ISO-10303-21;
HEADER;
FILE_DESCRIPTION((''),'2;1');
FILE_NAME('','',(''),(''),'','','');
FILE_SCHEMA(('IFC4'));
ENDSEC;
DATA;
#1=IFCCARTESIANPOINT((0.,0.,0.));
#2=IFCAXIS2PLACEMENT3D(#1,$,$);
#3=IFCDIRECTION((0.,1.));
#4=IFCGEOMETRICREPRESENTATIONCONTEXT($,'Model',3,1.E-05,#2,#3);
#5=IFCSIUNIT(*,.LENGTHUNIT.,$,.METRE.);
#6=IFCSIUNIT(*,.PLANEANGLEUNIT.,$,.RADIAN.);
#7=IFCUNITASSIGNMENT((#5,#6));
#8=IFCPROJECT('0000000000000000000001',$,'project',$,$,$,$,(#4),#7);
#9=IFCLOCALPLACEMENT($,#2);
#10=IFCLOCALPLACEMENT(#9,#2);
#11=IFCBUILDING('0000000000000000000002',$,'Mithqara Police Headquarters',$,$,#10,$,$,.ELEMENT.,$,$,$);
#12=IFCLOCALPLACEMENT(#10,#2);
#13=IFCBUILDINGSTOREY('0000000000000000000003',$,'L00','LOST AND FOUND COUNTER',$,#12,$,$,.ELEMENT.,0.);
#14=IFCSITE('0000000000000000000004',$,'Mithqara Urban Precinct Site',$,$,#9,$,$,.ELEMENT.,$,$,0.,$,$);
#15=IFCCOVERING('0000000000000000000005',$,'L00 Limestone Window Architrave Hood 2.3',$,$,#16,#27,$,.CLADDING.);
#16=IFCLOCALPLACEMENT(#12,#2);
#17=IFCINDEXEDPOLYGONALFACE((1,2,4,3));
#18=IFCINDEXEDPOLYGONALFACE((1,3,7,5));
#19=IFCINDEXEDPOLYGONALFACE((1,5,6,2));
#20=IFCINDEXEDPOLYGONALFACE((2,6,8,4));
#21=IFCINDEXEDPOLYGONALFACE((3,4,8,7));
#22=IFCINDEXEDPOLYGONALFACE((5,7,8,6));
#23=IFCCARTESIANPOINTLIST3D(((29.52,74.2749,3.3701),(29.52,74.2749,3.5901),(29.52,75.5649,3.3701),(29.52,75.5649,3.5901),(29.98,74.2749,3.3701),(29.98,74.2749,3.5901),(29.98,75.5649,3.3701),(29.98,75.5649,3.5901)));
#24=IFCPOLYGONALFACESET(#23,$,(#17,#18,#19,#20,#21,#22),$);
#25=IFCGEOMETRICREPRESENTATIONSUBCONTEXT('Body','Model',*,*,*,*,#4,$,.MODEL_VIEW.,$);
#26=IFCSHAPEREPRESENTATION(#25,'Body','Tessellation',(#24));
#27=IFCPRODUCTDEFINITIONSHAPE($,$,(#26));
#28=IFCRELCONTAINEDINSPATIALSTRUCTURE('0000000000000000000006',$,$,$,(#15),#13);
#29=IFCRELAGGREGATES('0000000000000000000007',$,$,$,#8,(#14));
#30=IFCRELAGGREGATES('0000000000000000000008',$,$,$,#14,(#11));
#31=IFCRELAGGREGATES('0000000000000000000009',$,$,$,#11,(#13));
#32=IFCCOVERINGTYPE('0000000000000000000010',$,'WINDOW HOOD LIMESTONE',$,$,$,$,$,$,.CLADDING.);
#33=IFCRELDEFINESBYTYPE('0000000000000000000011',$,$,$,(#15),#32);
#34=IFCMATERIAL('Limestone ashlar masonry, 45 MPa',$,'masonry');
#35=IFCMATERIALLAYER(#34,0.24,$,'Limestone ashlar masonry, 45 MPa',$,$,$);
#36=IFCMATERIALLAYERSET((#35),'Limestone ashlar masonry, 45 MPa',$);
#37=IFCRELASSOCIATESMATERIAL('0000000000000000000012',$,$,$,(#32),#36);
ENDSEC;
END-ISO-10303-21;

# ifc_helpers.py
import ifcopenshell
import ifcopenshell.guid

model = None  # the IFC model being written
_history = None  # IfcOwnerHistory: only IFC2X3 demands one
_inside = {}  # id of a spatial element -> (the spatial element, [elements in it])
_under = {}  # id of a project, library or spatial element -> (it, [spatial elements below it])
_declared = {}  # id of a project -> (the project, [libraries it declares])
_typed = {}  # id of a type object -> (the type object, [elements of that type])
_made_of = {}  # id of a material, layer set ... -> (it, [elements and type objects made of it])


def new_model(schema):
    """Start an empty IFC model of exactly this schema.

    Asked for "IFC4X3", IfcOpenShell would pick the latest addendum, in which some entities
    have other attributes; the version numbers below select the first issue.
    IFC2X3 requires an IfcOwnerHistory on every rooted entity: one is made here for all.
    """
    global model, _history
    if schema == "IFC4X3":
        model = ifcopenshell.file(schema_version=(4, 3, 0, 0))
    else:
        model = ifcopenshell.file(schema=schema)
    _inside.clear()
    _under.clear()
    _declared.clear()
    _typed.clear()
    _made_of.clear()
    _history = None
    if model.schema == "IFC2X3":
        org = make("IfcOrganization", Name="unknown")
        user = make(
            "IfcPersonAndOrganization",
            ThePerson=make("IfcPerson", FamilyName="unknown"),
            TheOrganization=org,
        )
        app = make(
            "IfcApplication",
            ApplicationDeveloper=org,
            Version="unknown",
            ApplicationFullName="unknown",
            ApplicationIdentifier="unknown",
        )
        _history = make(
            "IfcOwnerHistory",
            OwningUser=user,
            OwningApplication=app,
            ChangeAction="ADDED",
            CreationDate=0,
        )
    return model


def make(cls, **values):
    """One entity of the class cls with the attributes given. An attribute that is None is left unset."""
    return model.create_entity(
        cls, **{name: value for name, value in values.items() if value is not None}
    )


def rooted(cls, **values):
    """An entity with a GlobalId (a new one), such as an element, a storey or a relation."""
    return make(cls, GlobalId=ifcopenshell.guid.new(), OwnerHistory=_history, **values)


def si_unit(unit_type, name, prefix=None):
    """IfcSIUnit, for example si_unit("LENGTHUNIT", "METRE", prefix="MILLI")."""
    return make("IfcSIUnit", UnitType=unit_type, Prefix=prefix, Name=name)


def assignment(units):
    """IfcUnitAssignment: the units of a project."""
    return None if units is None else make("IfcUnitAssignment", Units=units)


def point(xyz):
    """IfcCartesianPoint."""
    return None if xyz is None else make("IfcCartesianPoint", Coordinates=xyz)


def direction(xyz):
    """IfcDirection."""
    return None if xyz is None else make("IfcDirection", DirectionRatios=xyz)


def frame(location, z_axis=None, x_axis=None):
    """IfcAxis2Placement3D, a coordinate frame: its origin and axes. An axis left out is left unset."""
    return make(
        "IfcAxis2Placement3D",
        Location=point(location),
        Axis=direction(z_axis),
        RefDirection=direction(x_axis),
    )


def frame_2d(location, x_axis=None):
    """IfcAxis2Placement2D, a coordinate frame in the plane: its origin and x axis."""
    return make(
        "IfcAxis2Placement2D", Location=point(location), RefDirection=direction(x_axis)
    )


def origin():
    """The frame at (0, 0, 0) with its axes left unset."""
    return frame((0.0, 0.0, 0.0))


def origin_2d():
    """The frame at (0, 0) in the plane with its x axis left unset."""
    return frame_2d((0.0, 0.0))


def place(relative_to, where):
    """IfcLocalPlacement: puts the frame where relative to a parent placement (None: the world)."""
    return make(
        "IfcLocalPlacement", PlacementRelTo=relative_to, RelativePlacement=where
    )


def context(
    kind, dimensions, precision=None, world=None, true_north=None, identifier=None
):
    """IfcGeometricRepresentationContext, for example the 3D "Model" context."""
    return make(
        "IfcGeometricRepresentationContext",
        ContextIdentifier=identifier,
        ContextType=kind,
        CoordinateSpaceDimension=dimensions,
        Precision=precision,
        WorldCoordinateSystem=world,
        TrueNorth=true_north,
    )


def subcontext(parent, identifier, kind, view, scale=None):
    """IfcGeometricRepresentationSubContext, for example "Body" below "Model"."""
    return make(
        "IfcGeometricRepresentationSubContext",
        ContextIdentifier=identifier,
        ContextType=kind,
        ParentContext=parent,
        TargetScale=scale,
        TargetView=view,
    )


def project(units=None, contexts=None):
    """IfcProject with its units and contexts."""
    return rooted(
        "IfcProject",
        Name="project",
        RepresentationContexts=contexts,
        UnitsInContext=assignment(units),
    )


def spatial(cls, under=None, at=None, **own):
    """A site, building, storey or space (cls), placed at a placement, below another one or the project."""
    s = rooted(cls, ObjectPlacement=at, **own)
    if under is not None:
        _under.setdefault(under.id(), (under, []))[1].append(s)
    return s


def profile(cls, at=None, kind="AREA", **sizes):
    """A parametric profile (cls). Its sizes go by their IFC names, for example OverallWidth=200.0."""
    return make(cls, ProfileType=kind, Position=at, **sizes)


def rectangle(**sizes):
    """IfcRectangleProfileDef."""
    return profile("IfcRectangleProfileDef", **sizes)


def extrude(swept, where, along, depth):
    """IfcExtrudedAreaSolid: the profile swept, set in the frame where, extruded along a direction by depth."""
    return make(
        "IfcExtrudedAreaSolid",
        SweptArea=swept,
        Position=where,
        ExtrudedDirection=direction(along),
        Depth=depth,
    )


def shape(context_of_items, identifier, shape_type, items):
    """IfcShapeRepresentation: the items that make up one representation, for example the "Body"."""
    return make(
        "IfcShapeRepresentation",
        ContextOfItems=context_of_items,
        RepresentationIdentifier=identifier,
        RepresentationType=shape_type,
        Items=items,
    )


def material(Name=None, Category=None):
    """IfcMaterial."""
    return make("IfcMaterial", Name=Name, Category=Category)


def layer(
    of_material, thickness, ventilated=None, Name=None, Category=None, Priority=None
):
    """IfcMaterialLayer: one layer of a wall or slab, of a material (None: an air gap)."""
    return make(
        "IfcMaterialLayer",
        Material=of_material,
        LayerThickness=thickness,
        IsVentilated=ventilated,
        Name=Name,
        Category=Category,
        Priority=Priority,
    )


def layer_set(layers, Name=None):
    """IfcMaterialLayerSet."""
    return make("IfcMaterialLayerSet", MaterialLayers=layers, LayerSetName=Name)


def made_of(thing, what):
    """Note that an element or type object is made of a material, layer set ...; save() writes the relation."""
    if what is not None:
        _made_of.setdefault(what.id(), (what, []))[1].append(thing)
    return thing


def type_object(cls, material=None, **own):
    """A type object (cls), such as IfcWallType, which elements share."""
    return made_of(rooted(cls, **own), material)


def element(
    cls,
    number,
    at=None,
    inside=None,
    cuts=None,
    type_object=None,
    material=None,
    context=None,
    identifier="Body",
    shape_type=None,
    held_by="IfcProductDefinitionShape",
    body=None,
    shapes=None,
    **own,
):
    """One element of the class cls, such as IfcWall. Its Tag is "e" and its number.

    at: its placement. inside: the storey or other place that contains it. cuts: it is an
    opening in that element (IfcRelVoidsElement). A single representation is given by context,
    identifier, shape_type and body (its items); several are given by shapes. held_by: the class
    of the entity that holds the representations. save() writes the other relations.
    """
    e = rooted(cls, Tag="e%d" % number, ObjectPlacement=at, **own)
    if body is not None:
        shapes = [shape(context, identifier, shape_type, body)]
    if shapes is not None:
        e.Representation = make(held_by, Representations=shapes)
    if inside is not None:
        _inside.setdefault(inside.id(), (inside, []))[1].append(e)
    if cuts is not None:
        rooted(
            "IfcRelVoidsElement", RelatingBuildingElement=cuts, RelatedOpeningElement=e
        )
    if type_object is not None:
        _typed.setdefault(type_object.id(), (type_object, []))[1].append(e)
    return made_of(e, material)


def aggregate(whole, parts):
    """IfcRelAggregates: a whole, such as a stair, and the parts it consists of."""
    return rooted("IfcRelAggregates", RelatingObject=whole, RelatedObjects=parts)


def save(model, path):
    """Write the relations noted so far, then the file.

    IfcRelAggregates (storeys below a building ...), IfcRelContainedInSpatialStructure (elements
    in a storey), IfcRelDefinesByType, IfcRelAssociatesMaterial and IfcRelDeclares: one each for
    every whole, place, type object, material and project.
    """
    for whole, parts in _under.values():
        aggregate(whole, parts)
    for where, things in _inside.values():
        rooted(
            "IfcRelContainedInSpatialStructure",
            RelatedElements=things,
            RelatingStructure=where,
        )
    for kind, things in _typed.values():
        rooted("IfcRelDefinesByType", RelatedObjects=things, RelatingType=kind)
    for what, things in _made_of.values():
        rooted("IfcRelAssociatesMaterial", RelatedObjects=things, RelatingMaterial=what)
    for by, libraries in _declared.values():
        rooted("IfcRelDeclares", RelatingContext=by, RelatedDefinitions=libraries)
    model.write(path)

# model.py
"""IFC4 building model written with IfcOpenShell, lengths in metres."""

from ifc_helpers import new_model, si_unit, direction, frame, origin, origin_2d, place, context, subcontext, project, spatial, rectangle, extrude, material, layer, layer_set, type_object, element, save


model = new_model("IFC4")

# Units and contexts
model_context = context("Model", 3, precision=1e-05, world=origin(), true_north=direction((0.0, 1.0)))
body_context = subcontext(model_context, "Body", "Model", "MODEL_VIEW")
ifc_project = project(units=[si_unit("LENGTHUNIT", "METRE"), si_unit("PLANEANGLEUNIT", "RADIAN")], contexts=[model_context])

# Site, building, storey
site_placement = place(None, origin())
site = spatial("IfcSite", under=ifc_project, at=site_placement, Name="Mithqara Urban Precinct Site", CompositionType="ELEMENT", RefElevation=0.0)
building_placement = place(site_placement, origin())
building = spatial("IfcBuilding", under=site, at=building_placement, Name="Mithqara Police Headquarters", CompositionType="ELEMENT")
storey_placement = place(building_placement, origin())
storey = spatial("IfcBuildingStorey", under=building, at=storey_placement, Name="L00", Description="LOST AND FOUND COUNTER", CompositionType="ELEMENT", Elevation=0.0)

# Shared definitions
ifc_material_1 = material(Name="Limestone ashlar masonry, 45 MPa", Category="masonry")

# Covering
ifc_layer_1 = layer(ifc_material_1, 0.24, Name="Limestone ashlar masonry, 45 MPa")
ifc_layer_set_1 = layer_set([ifc_layer_1], Name="Limestone ashlar masonry, 45 MPa")
covering_type = type_object("IfcCoveringType", Name="WINDOW HOOD LIMESTONE", PredefinedType="CLADDING", material=ifc_layer_set_1)
covering_placement = place(storey_placement, frame((29.75, 74.9199, 3.3701), z_axis=(0.0, 0.0, 1.0), x_axis=(0.0, 1.0, 0.0)))
element("IfcCovering", 1, at=covering_placement, inside=storey, type_object=covering_type, Name="L00 Limestone Window Architrave Hood 2.3", PredefinedType="CLADDING", context=body_context, shape_type="SweptSolid", body=[
    extrude(rectangle(XDim=1.29, YDim=0.46, at=origin_2d()), origin(), (0.0, 0.0, 1.0), 0.22),
])

save(model, "model.ifc")
